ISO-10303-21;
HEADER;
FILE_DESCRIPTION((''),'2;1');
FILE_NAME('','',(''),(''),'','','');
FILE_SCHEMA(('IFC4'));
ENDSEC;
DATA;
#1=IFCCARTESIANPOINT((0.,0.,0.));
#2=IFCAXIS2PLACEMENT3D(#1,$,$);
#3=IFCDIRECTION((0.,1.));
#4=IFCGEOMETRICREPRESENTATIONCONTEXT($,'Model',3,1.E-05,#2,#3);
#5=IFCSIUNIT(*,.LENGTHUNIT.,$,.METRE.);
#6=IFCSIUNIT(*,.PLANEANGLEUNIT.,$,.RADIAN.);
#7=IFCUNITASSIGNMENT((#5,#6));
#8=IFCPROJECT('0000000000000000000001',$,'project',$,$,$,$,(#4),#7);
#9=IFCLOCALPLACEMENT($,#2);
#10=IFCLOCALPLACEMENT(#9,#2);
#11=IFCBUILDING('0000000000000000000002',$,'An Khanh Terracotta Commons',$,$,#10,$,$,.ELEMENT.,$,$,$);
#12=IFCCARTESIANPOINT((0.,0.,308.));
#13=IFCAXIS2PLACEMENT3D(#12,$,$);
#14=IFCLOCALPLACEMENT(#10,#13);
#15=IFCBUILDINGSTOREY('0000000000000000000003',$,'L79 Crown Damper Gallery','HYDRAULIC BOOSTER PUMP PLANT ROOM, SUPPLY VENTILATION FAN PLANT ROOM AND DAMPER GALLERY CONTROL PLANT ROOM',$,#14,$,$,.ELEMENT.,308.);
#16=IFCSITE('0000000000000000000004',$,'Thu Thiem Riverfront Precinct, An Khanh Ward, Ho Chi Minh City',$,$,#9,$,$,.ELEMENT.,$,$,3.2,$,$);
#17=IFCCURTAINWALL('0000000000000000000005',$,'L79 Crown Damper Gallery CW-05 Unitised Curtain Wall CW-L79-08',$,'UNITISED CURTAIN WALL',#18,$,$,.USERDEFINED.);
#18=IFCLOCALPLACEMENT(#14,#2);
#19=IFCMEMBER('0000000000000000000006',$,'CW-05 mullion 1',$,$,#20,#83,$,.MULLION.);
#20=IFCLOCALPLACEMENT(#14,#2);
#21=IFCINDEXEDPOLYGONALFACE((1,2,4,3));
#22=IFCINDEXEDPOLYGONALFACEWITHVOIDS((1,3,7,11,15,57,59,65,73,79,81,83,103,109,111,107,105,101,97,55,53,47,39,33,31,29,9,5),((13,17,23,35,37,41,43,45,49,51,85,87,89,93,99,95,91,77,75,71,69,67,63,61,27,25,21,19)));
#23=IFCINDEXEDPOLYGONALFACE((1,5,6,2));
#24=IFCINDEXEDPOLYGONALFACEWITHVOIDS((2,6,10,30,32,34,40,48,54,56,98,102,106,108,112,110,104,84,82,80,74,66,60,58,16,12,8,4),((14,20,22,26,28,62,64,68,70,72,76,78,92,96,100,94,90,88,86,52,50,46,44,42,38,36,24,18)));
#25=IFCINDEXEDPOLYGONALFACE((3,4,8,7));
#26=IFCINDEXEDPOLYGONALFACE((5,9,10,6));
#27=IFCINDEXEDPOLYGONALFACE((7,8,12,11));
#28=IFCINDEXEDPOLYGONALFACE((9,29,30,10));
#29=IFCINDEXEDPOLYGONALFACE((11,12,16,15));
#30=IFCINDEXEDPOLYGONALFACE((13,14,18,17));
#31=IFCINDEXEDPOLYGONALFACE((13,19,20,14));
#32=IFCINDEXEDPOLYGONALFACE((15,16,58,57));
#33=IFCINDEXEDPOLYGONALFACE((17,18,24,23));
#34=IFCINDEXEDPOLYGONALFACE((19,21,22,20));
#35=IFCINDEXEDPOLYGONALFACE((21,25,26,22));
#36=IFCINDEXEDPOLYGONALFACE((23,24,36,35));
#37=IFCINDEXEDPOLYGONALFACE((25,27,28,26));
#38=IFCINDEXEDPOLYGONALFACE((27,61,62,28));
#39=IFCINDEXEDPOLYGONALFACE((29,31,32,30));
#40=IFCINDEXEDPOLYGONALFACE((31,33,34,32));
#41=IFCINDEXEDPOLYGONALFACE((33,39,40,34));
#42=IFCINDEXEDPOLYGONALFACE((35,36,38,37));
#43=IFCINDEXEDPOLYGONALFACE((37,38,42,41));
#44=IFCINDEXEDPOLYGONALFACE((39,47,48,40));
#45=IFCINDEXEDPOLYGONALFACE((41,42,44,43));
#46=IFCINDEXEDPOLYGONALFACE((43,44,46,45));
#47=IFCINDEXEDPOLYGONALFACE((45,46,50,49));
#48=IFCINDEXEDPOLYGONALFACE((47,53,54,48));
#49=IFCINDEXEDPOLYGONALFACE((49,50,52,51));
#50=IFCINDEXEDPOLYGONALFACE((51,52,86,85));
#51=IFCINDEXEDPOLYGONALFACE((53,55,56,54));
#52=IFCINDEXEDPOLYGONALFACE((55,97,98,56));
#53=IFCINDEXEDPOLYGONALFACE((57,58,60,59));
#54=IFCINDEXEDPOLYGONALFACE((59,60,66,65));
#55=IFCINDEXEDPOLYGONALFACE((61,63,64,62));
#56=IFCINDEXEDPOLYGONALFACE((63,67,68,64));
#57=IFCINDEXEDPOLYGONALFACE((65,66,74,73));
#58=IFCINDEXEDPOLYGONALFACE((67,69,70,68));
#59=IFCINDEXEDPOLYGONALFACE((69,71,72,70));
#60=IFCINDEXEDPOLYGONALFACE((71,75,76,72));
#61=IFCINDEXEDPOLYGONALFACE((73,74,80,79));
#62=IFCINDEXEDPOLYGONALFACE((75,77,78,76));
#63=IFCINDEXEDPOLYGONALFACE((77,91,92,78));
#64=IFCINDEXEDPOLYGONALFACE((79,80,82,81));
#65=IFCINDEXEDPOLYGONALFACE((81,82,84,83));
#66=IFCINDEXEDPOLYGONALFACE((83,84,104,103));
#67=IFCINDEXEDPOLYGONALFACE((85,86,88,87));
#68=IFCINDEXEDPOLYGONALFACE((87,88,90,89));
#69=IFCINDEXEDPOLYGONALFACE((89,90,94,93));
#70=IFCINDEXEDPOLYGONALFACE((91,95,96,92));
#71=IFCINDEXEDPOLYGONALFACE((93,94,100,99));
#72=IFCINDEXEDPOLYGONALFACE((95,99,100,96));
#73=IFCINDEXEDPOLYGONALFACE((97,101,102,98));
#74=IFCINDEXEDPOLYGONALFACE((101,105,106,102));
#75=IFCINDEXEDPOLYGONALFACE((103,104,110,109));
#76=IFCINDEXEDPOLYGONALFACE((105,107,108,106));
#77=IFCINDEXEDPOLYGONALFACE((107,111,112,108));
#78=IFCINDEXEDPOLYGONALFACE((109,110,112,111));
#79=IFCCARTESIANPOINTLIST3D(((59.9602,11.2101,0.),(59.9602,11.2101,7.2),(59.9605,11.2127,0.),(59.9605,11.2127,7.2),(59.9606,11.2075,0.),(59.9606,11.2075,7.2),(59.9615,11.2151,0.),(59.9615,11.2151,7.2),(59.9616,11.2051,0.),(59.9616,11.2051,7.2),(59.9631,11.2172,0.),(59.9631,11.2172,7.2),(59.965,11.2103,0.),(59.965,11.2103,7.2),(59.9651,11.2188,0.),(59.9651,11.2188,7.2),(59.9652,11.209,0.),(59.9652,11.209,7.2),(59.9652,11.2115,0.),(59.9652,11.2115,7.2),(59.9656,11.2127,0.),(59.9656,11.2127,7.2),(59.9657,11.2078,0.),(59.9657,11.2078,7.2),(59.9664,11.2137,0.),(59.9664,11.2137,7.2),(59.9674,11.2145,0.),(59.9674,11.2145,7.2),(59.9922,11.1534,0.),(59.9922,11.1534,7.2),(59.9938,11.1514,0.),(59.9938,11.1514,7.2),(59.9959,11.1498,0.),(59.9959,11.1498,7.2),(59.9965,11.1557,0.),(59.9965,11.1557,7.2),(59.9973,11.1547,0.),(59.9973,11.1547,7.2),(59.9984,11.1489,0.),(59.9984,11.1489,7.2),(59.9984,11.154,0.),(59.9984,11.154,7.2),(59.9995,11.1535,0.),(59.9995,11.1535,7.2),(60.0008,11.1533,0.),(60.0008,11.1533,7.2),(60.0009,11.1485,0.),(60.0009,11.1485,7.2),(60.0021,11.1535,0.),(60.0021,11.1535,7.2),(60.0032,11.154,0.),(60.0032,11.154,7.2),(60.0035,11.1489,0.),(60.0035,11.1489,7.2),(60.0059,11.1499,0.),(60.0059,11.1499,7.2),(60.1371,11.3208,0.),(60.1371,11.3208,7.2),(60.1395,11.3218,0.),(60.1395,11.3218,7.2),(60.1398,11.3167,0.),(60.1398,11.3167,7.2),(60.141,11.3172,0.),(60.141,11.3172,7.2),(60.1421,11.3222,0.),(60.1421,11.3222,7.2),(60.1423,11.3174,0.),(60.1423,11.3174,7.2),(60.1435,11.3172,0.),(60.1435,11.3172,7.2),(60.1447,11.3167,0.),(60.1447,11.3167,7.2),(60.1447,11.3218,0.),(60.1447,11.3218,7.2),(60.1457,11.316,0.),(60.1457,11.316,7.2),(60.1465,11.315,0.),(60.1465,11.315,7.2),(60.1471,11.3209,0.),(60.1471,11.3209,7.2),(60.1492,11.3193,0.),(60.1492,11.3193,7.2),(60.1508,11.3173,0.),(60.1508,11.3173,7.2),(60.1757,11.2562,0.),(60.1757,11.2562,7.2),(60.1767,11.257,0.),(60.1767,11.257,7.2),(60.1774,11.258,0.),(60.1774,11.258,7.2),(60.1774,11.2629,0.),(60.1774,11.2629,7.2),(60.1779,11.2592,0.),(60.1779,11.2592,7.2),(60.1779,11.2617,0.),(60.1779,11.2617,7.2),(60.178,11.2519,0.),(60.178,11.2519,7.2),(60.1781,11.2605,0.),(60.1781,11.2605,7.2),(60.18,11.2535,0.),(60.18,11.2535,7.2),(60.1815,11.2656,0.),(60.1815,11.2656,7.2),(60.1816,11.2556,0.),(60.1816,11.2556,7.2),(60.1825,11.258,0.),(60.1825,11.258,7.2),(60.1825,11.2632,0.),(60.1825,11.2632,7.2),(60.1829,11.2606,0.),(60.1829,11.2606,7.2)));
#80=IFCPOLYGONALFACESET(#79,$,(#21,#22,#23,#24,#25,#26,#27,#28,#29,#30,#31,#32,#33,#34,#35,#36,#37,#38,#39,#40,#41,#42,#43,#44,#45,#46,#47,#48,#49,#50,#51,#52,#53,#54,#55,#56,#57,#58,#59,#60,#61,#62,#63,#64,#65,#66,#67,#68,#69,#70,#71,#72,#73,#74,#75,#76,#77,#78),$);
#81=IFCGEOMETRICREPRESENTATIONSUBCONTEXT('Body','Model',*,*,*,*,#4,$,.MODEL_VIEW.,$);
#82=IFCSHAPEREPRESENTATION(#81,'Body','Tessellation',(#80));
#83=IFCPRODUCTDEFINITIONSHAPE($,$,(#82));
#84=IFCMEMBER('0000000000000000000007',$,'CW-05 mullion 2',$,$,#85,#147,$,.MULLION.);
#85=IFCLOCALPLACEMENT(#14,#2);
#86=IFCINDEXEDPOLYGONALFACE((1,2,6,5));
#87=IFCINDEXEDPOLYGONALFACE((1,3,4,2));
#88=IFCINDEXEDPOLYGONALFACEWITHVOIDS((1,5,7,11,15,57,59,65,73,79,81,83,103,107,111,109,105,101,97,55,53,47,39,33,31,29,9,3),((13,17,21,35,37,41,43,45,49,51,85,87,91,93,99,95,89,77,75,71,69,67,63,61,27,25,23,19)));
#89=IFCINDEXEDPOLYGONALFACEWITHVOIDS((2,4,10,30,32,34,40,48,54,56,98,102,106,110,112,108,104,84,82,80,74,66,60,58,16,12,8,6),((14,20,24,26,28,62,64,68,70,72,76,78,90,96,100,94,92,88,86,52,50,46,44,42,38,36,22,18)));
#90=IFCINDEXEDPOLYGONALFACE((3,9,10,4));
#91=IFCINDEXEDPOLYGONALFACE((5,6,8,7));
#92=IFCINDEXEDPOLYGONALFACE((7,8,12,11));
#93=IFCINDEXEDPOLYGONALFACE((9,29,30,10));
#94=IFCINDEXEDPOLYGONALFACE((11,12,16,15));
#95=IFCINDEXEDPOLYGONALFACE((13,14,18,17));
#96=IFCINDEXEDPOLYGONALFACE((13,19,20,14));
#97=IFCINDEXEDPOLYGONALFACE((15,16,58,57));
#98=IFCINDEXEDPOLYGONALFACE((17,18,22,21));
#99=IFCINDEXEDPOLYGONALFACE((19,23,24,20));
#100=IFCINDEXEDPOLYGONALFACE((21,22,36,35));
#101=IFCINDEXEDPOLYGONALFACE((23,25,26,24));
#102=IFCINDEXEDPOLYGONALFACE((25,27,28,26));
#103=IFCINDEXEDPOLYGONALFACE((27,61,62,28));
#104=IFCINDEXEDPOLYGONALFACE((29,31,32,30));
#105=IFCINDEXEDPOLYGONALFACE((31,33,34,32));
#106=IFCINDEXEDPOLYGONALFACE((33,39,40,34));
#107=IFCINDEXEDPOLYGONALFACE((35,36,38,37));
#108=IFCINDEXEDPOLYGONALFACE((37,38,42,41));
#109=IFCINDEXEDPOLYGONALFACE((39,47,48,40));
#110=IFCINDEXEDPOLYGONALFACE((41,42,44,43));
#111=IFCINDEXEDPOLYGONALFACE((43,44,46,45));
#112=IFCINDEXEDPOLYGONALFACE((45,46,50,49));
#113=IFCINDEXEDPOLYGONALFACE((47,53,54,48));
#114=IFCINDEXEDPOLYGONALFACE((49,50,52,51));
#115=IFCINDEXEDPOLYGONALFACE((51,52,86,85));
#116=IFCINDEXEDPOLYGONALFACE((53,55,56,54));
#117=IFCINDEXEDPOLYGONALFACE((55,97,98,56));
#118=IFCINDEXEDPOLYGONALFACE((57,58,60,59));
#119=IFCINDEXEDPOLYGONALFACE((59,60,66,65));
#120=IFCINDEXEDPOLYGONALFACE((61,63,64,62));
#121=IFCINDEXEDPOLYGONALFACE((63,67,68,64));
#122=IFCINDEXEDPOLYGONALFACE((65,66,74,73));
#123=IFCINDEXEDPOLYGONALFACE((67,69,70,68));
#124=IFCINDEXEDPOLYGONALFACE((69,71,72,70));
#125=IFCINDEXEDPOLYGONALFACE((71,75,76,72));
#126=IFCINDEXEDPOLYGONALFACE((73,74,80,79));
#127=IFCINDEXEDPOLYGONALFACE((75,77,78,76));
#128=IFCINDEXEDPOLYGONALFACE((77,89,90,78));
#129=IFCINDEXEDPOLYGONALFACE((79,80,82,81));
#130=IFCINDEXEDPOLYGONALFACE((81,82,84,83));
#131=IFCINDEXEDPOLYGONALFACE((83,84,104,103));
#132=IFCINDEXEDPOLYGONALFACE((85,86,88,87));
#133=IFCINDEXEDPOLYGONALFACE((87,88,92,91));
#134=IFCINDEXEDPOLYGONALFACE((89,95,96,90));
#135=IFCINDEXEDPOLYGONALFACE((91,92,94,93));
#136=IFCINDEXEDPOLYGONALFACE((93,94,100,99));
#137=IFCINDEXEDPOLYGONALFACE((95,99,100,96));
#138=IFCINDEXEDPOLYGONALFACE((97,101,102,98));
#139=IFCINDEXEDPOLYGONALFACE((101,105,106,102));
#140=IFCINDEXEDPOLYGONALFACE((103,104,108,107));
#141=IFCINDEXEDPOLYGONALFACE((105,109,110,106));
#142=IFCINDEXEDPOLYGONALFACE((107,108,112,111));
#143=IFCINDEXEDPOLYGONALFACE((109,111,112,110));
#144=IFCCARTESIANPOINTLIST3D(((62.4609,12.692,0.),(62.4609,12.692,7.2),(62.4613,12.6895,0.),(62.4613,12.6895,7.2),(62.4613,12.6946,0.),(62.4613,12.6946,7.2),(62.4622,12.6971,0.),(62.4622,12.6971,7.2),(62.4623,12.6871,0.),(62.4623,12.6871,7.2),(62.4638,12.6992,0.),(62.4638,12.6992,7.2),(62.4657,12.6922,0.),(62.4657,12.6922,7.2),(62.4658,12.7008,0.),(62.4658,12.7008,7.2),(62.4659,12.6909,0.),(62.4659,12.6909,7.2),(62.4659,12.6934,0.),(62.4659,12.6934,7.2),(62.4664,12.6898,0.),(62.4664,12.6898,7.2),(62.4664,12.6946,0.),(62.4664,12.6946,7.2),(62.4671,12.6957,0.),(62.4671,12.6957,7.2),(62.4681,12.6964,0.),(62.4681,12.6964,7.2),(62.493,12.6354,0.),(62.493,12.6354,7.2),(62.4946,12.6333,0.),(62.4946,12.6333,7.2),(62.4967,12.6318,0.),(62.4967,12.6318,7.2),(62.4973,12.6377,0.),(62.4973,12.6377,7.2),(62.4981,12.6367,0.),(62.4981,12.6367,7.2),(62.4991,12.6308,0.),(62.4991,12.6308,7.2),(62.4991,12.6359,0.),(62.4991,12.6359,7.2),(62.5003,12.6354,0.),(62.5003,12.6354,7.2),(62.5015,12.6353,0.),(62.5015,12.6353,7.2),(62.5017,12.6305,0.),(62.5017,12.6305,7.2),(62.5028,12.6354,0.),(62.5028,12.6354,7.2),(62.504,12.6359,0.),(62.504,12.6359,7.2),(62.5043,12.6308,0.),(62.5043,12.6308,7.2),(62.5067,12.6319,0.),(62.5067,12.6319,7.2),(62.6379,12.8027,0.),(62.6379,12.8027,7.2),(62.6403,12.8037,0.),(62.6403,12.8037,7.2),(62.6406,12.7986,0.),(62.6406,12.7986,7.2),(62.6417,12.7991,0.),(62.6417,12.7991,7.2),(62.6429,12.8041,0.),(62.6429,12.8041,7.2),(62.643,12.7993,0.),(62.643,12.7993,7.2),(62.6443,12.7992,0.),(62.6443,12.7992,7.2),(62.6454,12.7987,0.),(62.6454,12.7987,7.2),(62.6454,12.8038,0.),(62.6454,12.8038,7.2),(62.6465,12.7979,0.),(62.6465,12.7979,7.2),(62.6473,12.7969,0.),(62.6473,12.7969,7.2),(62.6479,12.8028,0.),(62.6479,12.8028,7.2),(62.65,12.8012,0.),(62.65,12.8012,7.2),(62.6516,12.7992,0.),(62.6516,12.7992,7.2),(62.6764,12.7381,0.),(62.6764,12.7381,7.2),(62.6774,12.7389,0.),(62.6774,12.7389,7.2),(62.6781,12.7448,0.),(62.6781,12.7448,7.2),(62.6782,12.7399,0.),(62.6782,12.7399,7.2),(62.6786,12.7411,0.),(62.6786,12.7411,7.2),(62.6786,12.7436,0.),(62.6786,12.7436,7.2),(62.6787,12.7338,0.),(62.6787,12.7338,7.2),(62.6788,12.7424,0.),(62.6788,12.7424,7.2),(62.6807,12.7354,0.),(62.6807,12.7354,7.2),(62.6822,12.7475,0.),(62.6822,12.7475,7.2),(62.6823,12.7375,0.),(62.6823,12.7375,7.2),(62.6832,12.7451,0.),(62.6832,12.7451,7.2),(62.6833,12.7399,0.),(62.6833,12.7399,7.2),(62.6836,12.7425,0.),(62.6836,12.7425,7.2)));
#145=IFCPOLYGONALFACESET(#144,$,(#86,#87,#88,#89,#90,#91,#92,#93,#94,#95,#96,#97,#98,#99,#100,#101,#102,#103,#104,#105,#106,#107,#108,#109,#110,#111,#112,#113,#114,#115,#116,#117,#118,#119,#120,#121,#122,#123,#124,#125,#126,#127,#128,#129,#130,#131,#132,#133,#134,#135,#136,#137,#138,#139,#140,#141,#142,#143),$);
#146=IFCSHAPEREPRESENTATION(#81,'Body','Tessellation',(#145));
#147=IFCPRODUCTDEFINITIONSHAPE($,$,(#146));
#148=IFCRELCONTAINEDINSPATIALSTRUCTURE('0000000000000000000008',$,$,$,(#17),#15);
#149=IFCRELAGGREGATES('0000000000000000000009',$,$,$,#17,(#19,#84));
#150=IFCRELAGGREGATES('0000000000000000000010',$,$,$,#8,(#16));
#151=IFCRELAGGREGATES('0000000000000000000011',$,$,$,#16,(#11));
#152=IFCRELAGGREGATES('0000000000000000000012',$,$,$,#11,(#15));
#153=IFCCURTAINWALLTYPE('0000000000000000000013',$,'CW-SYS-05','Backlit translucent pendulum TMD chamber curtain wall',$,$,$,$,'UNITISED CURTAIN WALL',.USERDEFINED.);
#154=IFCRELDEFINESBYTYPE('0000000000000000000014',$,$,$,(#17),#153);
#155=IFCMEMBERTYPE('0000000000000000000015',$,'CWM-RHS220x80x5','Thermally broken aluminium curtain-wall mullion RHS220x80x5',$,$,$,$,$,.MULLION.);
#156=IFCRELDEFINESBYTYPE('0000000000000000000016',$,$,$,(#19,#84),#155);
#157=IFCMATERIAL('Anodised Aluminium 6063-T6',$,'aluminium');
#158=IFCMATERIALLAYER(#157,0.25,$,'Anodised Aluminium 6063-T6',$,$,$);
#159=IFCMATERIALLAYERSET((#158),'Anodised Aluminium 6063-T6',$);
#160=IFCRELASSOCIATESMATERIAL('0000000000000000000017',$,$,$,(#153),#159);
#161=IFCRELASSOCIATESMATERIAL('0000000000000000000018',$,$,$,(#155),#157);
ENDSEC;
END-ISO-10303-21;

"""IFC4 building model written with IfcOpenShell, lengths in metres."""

from ifc_helpers import new_model, si_unit, direction, frame, origin, origin_2d, place, context, subcontext, project, spatial, hollow_rectangle, extrude, material, layer, layer_set, material_profile, profile_set, type_object, element, aggregate, save


model = new_model("IFC4")

# Units and contexts
model_context = context("Model", 3, precision=1e-05, world=origin(), true_north=direction((0.0, 1.0)))
body_context = subcontext(model_context, "Body", "Model", "MODEL_VIEW")
ifc_project = project(units=[si_unit("LENGTHUNIT", "METRE"), si_unit("PLANEANGLEUNIT", "RADIAN")], contexts=[model_context])

# Site, building, storey
site_placement = place(None, origin())
site = spatial("IfcSite", under=ifc_project, at=site_placement, Name="Thu Thiem Riverfront Precinct, An Khanh Ward, Ho Chi Minh City", CompositionType="ELEMENT", RefElevation=3.2)
building_placement = place(site_placement, origin())
building = spatial("IfcBuilding", under=site, at=building_placement, Name="An Khanh Terracotta Commons", CompositionType="ELEMENT")
storey_placement = place(building_placement, frame((0.0, 0.0, 308.0)))
storey = spatial("IfcBuildingStorey", under=building, at=storey_placement, Name="L79 Crown Damper Gallery", Description="HYDRAULIC BOOSTER PUMP PLANT ROOM, SUPPLY VENTILATION FAN PLANT ROOM AND DAMPER GALLERY CONTROL PLANT ROOM", CompositionType="ELEMENT", Elevation=308.0)

# Curtain wall, members
ifc_material_1 = material(Name="Anodised Aluminium 6063-T6", Category="aluminium")
ifc_layer_1 = layer(ifc_material_1, 0.25, Name="Anodised Aluminium 6063-T6")
ifc_layer_set_1 = layer_set([ifc_layer_1], Name="Anodised Aluminium 6063-T6")
curtain_wall_type = type_object("IfcCurtainWallType", Name="CW-SYS-05", Description="Backlit translucent pendulum TMD chamber curtain wall", ElementType="UNITISED CURTAIN WALL", PredefinedType="USERDEFINED", material=ifc_layer_set_1)
curtain_wall_placement = place(storey_placement, origin())
curtain_wall = element("IfcCurtainWall", 1, at=curtain_wall_placement, inside=storey, type_object=curtain_wall_type, Name="L79 Crown Damper Gallery CW-05 Unitised Curtain Wall CW-L79-08", ObjectType="UNITISED CURTAIN WALL", PredefinedType="USERDEFINED")
ifc_material_profile_1 = material_profile(ifc_material_1, hollow_rectangle(XDim=0.0801, YDim=0.22, WallThickness=0.0049, InnerFilletRadius=0.0049, OuterFilletRadius=0.01, at=origin_2d()), Name="RHS220x80x5")
ifc_profile_set_1 = profile_set([ifc_material_profile_1], Name="Anodised Aluminium 6063-T6")
member_type_1 = type_object("IfcMemberType", Name="CWM-RHS220x80x5", Description="Thermally broken aluminium curtain-wall mullion RHS220x80x5", PredefinedType="MULLION", material=ifc_profile_set_1)
member_1_placement = place(storey_placement, frame((60.0715, 11.2354, 0.0), z_axis=(0.0, 0.0, 1.0), x_axis=(-0.509781, 0.860304, 0.0)))
member_1 = element("IfcMember", 2, at=member_1_placement, type_object=member_type_1, Name="CW-05 mullion 1", PredefinedType="MULLION", context=body_context, shape_type="SweptSolid", body=[
    extrude(hollow_rectangle(XDim=0.0801, YDim=0.22, WallThickness=0.0049, InnerFilletRadius=0.0049, OuterFilletRadius=0.01, at=origin_2d()), origin(), (0.0, 0.0, 1.0), 7.2),
])
member_2_placement = place(storey_placement, frame((62.5723, 12.7173, 0.0), z_axis=(0.0, 0.0, 1.0), x_axis=(-0.509781, 0.860304, 0.0)))
member_2 = element("IfcMember", 3, at=member_2_placement, type_object=member_type_1, Name="CW-05 mullion 2", PredefinedType="MULLION", context=body_context, shape_type="SweptSolid", body=[
    extrude(hollow_rectangle(XDim=0.0801, YDim=0.22, WallThickness=0.0049, InnerFilletRadius=0.0049, OuterFilletRadius=0.01, at=origin_2d()), origin(), (0.0, 0.0, 1.0), 7.2),
])
aggregate(curtain_wall, [member_1, member_2])

save(model, "model.ifc")
